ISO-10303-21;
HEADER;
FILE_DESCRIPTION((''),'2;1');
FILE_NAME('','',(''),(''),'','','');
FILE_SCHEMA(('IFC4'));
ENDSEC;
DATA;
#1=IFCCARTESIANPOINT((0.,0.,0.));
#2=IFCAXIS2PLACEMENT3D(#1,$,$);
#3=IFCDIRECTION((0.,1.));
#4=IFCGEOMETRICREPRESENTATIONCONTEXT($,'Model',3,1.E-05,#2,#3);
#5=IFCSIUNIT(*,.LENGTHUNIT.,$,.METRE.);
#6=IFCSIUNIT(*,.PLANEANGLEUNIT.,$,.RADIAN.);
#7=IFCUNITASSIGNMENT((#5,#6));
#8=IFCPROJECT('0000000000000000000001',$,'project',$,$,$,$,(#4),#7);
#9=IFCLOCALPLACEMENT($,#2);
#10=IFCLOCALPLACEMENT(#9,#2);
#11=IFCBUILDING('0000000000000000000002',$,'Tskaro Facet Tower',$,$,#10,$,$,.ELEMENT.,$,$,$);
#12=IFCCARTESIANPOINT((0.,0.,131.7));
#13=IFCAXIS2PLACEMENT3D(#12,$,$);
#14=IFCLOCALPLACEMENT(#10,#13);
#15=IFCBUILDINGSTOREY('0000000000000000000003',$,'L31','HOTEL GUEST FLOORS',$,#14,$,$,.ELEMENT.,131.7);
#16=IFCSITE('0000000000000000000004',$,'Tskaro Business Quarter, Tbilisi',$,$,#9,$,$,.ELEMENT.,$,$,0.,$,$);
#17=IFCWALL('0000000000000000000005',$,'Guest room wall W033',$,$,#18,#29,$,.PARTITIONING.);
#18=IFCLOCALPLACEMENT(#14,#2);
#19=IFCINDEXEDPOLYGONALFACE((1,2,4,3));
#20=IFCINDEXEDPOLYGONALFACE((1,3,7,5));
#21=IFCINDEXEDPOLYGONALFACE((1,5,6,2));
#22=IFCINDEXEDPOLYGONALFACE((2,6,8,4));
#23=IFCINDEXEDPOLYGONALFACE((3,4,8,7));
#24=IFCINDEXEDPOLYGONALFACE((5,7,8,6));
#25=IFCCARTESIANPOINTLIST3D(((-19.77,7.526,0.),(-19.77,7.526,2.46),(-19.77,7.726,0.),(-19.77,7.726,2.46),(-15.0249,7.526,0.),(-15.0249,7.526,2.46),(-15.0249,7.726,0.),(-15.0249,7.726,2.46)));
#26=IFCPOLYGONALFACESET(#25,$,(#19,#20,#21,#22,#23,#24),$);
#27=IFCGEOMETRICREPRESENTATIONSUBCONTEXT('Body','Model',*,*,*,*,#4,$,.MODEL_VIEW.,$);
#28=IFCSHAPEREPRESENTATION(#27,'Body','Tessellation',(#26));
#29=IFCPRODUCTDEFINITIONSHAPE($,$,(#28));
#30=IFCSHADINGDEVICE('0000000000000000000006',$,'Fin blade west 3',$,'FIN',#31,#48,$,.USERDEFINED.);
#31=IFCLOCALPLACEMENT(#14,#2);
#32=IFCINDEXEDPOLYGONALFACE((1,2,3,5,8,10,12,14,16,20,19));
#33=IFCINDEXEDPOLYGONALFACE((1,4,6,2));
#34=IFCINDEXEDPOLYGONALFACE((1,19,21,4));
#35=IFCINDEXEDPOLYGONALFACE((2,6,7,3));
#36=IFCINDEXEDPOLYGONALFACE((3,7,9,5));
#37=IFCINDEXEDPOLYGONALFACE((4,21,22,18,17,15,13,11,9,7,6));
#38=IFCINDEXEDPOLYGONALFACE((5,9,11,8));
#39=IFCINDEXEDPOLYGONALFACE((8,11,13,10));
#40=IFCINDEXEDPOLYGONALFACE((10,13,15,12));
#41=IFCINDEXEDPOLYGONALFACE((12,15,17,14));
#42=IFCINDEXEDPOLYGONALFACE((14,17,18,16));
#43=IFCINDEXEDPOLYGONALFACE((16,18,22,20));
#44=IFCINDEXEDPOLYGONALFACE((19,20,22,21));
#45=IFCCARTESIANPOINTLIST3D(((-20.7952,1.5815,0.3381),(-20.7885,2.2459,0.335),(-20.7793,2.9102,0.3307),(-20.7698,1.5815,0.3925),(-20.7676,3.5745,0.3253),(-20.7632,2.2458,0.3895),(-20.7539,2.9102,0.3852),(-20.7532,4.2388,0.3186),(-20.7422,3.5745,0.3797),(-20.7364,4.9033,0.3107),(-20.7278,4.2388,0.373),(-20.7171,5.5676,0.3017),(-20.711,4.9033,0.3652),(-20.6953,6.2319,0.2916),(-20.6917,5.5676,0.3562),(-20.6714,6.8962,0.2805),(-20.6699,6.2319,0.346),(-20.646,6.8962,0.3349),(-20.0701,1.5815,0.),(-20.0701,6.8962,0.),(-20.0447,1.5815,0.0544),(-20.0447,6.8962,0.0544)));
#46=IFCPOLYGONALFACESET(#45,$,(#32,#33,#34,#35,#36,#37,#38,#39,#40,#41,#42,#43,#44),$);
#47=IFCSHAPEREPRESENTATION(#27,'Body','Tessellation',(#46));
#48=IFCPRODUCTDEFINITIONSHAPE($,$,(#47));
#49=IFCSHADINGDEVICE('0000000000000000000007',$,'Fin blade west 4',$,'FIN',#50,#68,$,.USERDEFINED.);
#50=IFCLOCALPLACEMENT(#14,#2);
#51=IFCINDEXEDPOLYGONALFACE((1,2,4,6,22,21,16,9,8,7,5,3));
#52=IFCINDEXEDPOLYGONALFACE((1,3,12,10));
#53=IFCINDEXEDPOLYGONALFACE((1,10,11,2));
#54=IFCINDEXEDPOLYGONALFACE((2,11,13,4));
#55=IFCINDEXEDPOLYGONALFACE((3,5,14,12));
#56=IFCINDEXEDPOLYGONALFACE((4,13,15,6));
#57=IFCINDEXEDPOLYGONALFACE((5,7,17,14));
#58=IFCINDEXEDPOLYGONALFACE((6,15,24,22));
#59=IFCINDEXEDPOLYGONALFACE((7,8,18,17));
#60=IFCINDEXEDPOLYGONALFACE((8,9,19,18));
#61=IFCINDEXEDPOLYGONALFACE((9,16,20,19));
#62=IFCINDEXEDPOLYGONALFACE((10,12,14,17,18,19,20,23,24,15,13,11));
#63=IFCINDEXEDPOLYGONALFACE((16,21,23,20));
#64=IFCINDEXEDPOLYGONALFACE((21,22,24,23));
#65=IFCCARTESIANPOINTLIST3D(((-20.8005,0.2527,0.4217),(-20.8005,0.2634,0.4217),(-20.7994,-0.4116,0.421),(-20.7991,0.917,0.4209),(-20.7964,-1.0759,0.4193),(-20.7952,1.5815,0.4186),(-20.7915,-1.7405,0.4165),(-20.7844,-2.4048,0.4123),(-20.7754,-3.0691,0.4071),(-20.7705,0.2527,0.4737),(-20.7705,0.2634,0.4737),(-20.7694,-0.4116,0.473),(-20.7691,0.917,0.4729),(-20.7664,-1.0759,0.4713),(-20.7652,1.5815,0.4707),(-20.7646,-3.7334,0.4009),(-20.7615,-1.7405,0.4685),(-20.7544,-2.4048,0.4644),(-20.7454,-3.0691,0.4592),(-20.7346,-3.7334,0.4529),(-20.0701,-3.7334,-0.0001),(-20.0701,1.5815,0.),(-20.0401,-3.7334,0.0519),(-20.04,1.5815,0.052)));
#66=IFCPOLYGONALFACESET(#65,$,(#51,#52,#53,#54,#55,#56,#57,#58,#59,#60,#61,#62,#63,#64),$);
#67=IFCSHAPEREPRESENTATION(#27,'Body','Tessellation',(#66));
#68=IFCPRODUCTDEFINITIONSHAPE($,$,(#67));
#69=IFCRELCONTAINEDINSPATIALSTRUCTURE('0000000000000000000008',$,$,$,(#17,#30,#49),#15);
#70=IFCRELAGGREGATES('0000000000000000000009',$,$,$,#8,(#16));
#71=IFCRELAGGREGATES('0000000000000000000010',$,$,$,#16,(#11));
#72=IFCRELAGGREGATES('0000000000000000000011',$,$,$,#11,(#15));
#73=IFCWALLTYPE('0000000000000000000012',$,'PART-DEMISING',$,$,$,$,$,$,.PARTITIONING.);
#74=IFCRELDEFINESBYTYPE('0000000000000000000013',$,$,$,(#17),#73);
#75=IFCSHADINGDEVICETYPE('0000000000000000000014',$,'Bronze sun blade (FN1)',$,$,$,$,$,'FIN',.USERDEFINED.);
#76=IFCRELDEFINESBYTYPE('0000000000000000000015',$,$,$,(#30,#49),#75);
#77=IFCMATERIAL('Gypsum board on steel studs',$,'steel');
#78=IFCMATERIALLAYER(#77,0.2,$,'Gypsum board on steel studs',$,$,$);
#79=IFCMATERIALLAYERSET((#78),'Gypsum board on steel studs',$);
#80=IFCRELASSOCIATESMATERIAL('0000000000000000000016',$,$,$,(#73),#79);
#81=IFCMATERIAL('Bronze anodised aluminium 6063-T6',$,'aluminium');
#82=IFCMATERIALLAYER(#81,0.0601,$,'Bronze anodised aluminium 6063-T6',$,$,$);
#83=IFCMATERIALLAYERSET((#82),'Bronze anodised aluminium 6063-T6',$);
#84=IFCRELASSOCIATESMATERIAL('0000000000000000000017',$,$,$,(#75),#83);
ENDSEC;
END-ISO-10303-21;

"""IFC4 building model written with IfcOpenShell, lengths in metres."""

from ifc_helpers import new_model, si_unit, direction, frame, frame_2d, origin, place, context, subcontext, project, spatial, polyline, rectangle, outline, extrude, material, layer, layer_set, type_object, element, save


model = new_model("IFC4")

# Units and contexts
model_context = context("Model", 3, precision=1e-05, world=origin(), true_north=direction((0.0, 1.0)))
body_context = subcontext(model_context, "Body", "Model", "MODEL_VIEW")
ifc_project = project(units=[si_unit("LENGTHUNIT", "METRE"), si_unit("PLANEANGLEUNIT", "RADIAN")], contexts=[model_context])

# Site, building, storey
site_placement = place(None, origin())
site = spatial("IfcSite", under=ifc_project, at=site_placement, Name="Tskaro Business Quarter, Tbilisi", CompositionType="ELEMENT", RefElevation=0.0)
building_placement = place(site_placement, origin())
building = spatial("IfcBuilding", under=site, at=building_placement, Name="Tskaro Facet Tower", CompositionType="ELEMENT")
storey_placement = place(building_placement, frame((0.0, 0.0, 131.7)))
storey = spatial("IfcBuildingStorey", under=building, at=storey_placement, Name="L31", Description="HOTEL GUEST FLOORS", CompositionType="ELEMENT", Elevation=131.7)

# Shared definitions
ifc_material_1 = material(Name="Bronze anodised aluminium 6063-T6", Category="aluminium")

# Shared definitions
ifc_material_2 = material(Name="Gypsum board on steel studs", Category="steel")

# Wall
ifc_layer_1 = layer(ifc_material_2, 0.2, Name="Gypsum board on steel studs")
ifc_layer_set_1 = layer_set([ifc_layer_1], Name="Gypsum board on steel studs")
wall_type_1 = type_object("IfcWallType", Name="PART-DEMISING", PredefinedType="PARTITIONING", material=ifc_layer_set_1)
wall_1_placement = place(storey_placement, frame((-19.77, 7.626, 0.0), z_axis=(0.0, 0.0, 1.0), x_axis=(1.0, 0.0, 0.0)))
element("IfcWall", 1, at=wall_1_placement, inside=storey, type_object=wall_type_1, Name="Guest room wall W033", PredefinedType="PARTITIONING", context=body_context, shape_type="SweptSolid", body=[
    extrude(rectangle(XDim=4.7451, YDim=0.2, at=frame_2d((2.3726, 0.0))), origin(), (0.0, 0.0, 1.0), 2.46),
])

# Shading devices
ifc_layer_2 = layer(ifc_material_1, 0.0601, Name="Bronze anodised aluminium 6063-T6")
ifc_layer_set_2 = layer_set([ifc_layer_2], Name="Bronze anodised aluminium 6063-T6")
shading_device_type = type_object("IfcShadingDeviceType", Name="Bronze sun blade (FN1)", ElementType="FIN", PredefinedType="USERDEFINED", material=ifc_layer_set_2)
shading_device_1_placement = place(storey_placement, frame((-20.0447, 6.8962, 0.0544), z_axis=(0.422647, -0.000009, 0.906294), x_axis=(-0.000004, -1.0, -0.000008)))
element("IfcShadingDevice", 2, at=shading_device_1_placement, inside=storey, type_object=shading_device_type, Name="Fin blade west 3", ObjectType="FIN", PredefinedType="USERDEFINED", context=body_context, shape_type="SweptSolid", body=[
    extrude(outline(polyline([(0.0, 0.0), (5.3147, 0.0), (5.3147, -0.8001), (4.6504, -0.7927), (3.9861, -0.7826), (3.3218, -0.7696), (2.6575, -0.7538), (1.9929, -0.7352), (1.3286, -0.7139), (0.6643, -0.6899), (0.0, -0.6635), (0.0, 0.0)])), origin(), (0.0, 0.0, -1.0), 0.0601),
])
shading_device_2_placement = place(storey_placement, frame((-20.04, 1.5815, 0.052), z_axis=(0.499998, -0.000016, 0.866027), x_axis=(-0.000008, -1.0, -0.000014)))
element("IfcShadingDevice", 3, at=shading_device_2_placement, inside=storey, type_object=shading_device_type, Name="Fin blade west 4", ObjectType="FIN", PredefinedType="USERDEFINED", context=body_context, shape_type="SweptSolid", body=[
    extrude(outline(polyline([(0.0, 0.0), (5.3149, 0.0), (5.3149, -0.802), (4.6506, -0.8144), (3.9863, -0.8248), (3.322, -0.833), (2.6575, -0.8387), (1.9932, -0.8421), (1.3289, -0.8434), (1.3181, -0.8434), (0.6646, -0.8418), (0.0, -0.8373), (0.0, 0.0)])), origin(), (0.0, 0.0, -1.0), 0.0601),
])

save(model, "model.ifc")
